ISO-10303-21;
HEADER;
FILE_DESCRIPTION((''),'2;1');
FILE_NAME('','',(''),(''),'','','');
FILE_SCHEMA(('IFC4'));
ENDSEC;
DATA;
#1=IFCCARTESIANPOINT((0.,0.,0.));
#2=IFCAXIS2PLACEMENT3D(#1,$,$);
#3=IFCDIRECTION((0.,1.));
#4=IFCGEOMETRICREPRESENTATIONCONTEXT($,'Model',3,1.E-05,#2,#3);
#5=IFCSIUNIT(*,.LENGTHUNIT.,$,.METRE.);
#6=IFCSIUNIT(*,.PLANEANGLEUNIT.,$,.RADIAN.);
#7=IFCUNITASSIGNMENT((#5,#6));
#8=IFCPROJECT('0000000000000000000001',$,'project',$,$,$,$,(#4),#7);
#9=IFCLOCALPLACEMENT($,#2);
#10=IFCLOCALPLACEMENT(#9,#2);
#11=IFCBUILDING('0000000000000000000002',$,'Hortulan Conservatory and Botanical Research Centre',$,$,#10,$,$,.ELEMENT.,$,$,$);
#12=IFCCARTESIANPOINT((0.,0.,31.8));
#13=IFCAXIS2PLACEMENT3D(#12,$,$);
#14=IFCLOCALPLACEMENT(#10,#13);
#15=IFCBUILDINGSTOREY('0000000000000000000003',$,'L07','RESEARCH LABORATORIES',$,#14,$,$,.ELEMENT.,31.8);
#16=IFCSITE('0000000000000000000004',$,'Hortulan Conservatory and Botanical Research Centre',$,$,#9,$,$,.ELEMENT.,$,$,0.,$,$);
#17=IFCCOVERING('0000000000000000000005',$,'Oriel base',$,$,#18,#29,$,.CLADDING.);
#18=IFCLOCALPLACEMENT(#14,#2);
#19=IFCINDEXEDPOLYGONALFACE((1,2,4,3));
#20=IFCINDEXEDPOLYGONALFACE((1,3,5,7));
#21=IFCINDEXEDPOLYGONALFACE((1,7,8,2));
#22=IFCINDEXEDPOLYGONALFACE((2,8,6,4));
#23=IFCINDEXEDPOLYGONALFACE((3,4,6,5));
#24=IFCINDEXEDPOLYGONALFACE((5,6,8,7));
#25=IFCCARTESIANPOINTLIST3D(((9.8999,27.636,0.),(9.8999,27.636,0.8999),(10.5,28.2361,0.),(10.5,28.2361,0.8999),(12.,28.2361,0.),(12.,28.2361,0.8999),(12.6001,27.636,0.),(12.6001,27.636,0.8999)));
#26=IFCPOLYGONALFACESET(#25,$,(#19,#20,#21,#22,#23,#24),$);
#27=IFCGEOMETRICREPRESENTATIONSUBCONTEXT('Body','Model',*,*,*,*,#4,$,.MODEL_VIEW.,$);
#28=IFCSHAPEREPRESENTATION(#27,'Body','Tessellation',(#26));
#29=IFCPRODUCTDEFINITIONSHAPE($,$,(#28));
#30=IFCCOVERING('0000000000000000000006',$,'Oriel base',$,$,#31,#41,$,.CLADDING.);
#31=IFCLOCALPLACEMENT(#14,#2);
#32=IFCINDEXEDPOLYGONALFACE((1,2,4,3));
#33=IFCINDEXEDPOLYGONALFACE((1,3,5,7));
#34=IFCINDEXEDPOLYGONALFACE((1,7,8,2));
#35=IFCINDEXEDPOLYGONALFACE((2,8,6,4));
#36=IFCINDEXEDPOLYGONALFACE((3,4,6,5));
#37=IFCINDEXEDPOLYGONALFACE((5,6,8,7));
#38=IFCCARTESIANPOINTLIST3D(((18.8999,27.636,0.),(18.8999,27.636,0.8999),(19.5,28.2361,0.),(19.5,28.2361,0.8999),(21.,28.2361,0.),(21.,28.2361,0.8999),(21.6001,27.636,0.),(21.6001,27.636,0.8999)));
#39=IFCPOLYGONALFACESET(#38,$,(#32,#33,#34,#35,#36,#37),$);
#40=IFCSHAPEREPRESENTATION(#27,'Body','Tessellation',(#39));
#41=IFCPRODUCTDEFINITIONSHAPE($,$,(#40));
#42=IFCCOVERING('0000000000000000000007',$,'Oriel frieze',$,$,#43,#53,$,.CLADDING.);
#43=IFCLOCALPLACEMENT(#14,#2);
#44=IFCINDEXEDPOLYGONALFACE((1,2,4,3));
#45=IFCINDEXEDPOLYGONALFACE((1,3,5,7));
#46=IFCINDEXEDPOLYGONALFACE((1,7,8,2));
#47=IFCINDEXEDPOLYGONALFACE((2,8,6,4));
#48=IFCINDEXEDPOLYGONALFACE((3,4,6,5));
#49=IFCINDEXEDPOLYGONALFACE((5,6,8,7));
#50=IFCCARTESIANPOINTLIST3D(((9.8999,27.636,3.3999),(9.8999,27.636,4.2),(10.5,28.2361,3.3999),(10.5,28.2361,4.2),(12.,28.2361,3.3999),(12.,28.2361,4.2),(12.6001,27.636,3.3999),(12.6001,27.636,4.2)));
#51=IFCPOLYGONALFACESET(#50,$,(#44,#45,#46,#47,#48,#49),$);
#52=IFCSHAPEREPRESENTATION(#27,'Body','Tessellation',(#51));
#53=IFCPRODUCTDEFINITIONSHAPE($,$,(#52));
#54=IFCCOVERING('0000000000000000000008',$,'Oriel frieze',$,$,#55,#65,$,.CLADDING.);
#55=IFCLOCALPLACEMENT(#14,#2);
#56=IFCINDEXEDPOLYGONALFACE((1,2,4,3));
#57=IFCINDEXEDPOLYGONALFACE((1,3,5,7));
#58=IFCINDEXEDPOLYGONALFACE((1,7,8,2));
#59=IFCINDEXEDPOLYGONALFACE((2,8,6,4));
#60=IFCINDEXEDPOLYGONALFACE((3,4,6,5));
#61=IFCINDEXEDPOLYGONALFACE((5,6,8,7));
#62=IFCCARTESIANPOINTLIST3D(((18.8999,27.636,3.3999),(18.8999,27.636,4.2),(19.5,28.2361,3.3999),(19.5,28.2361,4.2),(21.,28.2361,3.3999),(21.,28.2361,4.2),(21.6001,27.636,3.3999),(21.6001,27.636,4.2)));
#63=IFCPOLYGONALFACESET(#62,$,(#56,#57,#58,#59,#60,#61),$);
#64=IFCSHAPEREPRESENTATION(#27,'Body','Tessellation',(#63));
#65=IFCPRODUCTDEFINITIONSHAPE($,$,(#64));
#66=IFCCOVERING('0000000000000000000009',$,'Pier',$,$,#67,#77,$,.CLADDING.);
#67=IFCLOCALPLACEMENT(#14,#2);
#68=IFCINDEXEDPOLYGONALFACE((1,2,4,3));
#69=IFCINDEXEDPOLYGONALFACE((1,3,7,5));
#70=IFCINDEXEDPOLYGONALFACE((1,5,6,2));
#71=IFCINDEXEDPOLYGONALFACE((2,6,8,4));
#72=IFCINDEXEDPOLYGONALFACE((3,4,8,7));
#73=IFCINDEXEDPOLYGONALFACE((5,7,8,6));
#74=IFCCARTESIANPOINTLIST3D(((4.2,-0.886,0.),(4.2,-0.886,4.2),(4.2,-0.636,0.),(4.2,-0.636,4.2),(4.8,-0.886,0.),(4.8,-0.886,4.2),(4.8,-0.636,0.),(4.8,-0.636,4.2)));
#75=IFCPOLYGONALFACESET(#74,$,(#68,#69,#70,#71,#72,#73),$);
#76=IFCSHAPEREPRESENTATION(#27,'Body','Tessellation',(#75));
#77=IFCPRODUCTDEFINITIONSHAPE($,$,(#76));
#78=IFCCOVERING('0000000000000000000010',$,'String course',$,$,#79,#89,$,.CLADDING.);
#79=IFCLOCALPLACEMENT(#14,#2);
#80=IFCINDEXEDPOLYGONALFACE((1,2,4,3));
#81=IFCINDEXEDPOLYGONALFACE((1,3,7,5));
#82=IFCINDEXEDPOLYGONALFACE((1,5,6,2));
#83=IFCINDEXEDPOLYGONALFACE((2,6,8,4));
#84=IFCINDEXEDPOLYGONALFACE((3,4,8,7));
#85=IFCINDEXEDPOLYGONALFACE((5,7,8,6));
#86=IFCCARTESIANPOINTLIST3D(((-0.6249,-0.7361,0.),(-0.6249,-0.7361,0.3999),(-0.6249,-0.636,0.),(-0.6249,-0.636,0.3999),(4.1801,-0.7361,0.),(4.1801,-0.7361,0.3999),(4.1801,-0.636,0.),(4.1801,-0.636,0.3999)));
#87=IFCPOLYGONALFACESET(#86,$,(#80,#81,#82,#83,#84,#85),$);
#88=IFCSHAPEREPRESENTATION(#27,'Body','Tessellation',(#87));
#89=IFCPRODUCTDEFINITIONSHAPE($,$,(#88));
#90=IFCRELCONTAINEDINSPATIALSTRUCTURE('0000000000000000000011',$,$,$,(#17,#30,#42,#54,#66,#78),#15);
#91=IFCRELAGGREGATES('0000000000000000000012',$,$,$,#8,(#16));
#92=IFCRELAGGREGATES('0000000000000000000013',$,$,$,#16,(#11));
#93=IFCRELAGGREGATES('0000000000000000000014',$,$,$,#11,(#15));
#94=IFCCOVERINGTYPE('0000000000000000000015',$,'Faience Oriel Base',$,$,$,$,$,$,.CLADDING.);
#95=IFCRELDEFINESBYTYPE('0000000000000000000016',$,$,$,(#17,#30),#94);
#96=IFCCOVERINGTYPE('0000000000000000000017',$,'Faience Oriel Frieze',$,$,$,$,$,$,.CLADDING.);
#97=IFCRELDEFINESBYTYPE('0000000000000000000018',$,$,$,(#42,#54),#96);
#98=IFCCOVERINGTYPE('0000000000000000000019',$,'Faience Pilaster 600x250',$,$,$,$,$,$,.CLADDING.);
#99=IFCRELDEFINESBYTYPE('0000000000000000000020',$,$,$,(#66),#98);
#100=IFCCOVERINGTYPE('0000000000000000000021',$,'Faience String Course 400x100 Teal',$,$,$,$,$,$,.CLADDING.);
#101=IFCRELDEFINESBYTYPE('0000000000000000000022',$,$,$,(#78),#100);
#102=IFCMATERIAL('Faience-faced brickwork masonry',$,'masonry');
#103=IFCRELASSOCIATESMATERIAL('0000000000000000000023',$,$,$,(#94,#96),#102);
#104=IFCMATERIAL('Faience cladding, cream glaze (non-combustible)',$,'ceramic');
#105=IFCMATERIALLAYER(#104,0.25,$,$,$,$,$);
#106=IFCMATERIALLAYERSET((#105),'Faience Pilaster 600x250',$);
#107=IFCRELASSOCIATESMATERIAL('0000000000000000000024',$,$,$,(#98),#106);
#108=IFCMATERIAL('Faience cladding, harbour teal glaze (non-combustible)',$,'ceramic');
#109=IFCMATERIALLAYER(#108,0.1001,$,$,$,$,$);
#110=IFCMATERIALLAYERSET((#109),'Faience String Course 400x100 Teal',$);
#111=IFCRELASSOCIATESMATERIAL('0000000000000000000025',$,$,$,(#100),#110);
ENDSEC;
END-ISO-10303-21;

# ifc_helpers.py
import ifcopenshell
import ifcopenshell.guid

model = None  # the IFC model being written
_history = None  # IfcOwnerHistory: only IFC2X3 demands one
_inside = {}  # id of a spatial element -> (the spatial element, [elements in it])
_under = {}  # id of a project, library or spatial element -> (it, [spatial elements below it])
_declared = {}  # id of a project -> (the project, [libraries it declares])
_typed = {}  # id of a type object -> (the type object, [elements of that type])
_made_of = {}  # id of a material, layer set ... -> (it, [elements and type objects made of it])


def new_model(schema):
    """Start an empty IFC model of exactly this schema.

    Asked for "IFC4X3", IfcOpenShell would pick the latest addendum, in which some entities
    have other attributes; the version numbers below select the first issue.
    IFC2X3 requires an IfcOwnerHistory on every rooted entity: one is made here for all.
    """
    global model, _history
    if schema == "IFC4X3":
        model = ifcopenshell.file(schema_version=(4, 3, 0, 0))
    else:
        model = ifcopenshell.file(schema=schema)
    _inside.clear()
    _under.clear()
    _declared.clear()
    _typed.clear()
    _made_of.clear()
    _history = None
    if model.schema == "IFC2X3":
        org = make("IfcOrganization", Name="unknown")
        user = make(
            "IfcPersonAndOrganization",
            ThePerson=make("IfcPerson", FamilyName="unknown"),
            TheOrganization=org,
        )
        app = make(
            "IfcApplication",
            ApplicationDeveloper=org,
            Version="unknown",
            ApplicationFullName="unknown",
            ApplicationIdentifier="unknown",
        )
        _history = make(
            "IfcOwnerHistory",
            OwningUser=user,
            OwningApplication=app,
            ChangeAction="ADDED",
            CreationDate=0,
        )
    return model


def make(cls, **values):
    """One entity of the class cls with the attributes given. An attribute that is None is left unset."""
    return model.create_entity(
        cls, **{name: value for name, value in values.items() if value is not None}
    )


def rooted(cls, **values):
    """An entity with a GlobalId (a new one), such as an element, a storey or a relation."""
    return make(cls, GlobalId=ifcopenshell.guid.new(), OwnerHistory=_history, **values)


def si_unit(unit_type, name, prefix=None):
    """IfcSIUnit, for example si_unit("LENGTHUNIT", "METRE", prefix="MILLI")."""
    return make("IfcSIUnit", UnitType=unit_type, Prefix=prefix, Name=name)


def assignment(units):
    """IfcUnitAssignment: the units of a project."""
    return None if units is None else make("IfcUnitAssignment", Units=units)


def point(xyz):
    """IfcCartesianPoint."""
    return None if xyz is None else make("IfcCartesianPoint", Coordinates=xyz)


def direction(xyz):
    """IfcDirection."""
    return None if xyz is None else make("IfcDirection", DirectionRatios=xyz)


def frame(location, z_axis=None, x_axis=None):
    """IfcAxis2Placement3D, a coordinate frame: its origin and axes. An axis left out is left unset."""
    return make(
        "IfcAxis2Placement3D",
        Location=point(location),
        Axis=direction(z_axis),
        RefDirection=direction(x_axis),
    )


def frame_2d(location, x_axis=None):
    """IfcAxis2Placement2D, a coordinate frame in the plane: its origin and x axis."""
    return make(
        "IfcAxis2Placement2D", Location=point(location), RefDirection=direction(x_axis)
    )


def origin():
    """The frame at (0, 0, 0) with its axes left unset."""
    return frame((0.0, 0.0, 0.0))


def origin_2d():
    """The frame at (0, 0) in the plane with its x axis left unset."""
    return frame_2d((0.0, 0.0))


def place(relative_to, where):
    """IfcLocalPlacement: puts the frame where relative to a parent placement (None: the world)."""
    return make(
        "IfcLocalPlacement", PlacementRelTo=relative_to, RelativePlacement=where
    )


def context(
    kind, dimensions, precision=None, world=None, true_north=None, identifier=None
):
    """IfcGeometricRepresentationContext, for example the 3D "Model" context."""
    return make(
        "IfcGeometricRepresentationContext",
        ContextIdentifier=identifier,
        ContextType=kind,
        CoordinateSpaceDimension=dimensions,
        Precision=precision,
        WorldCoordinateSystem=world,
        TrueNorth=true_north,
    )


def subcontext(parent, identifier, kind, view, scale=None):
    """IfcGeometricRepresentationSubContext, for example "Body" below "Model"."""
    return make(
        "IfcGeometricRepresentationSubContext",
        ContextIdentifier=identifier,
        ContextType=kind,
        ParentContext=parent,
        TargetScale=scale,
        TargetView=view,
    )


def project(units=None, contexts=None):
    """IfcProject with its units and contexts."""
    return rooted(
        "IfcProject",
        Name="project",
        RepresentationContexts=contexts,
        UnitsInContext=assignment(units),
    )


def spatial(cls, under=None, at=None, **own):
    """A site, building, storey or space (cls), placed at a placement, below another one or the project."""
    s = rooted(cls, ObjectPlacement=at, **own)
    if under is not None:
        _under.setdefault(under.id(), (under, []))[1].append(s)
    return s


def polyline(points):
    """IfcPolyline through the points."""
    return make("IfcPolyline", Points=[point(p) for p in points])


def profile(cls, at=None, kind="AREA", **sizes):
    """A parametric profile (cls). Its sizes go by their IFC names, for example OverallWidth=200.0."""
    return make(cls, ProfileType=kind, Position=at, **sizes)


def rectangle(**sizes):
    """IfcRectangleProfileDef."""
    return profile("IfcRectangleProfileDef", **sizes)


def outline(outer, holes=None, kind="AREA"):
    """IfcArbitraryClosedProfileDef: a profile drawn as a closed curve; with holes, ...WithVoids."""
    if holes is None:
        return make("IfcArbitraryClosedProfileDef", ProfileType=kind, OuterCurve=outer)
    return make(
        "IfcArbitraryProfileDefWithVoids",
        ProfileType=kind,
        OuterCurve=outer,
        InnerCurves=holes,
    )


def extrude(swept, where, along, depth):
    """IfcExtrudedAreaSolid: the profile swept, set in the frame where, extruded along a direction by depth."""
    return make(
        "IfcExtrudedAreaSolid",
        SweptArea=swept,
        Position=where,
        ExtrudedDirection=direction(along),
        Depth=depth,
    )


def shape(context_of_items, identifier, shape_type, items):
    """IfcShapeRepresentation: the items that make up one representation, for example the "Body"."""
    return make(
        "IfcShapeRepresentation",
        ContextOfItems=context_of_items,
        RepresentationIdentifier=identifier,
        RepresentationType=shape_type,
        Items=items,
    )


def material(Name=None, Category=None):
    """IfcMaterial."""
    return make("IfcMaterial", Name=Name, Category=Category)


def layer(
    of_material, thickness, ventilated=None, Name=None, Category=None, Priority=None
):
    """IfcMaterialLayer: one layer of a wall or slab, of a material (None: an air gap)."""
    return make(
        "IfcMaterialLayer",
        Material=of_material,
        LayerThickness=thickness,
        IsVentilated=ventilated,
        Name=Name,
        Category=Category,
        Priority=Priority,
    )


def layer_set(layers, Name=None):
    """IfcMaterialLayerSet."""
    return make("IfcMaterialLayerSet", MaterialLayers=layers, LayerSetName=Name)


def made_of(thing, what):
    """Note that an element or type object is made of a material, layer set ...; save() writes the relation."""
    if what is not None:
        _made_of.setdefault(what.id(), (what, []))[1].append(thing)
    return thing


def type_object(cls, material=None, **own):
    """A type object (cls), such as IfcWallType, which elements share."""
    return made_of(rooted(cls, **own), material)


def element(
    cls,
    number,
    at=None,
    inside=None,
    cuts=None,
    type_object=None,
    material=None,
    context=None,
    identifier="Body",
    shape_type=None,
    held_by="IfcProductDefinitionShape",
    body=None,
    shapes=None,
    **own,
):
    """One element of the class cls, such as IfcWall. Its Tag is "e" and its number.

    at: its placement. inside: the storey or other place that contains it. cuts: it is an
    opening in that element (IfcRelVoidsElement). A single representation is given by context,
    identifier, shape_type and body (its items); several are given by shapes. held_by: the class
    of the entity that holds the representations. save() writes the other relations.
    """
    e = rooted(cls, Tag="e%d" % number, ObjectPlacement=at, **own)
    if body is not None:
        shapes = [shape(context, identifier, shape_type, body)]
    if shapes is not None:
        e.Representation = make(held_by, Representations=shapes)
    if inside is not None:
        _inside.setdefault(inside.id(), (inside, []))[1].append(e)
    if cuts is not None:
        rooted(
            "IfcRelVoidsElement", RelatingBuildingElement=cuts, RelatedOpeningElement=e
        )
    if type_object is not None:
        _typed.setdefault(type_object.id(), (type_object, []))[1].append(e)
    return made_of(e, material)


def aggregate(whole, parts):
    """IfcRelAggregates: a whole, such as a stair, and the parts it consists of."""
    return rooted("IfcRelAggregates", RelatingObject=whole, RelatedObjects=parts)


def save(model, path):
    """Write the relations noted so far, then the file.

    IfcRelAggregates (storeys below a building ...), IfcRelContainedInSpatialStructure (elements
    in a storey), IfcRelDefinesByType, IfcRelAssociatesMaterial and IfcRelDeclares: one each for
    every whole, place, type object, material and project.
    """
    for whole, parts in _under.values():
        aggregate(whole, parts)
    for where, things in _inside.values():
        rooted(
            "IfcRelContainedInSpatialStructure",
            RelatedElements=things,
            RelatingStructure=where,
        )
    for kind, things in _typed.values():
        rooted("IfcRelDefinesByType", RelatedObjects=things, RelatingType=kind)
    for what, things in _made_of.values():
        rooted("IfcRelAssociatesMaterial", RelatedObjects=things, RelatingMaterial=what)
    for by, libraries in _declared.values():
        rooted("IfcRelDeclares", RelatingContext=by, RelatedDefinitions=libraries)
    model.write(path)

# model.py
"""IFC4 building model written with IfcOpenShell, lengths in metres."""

from ifc_helpers import new_model, si_unit, direction, frame, origin, origin_2d, place, context, subcontext, project, spatial, polyline, rectangle, outline, extrude, material, layer, layer_set, type_object, element, save


model = new_model("IFC4")

# Units and contexts
model_context = context("Model", 3, precision=1e-05, world=origin(), true_north=direction((0.0, 1.0)))
body_context = subcontext(model_context, "Body", "Model", "MODEL_VIEW")
ifc_project = project(units=[si_unit("LENGTHUNIT", "METRE"), si_unit("PLANEANGLEUNIT", "RADIAN")], contexts=[model_context])

# Site, building, storey
site_placement = place(None, origin())
site = spatial("IfcSite", under=ifc_project, at=site_placement, Name="Hortulan Conservatory and Botanical Research Centre", CompositionType="ELEMENT", RefElevation=0.0)
building_placement = place(site_placement, origin())
building = spatial("IfcBuilding", under=site, at=building_placement, Name="Hortulan Conservatory and Botanical Research Centre", CompositionType="ELEMENT")
storey_placement = place(building_placement, frame((0.0, 0.0, 31.8)))
storey = spatial("IfcBuildingStorey", under=building, at=storey_placement, Name="L07", Description="RESEARCH LABORATORIES", CompositionType="ELEMENT", Elevation=31.8)

# Shared definitions
ifc_material_1 = material(Name="Faience-faced brickwork masonry", Category="masonry")

# Coverings
covering_type_1 = type_object("IfcCoveringType", Name="Faience Oriel Base", PredefinedType="CLADDING", material=ifc_material_1)
covering_1_placement = place(storey_placement, origin())
element("IfcCovering", 1, at=covering_1_placement, inside=storey, type_object=covering_type_1, Name="Oriel base", PredefinedType="CLADDING", context=body_context, shape_type="SweptSolid", body=[
    extrude(outline(polyline([(9.8999, 27.636), (10.5, 28.2361), (12.0, 28.2361), (12.6001, 27.636), (9.8999, 27.636)])), origin(), (0.0, 0.0, 1.0), 0.8999),
])
covering_2_placement = place(storey_placement, origin())
element("IfcCovering", 2, at=covering_2_placement, inside=storey, type_object=covering_type_1, Name="Oriel base", PredefinedType="CLADDING", context=body_context, shape_type="SweptSolid", body=[
    extrude(outline(polyline([(18.8999, 27.636), (19.5, 28.2361), (21.0, 28.2361), (21.6001, 27.636), (18.8999, 27.636)])), origin(), (0.0, 0.0, 1.0), 0.8999),
])
covering_type_2 = type_object("IfcCoveringType", Name="Faience Oriel Frieze", PredefinedType="CLADDING", material=ifc_material_1)
covering_3_placement = place(storey_placement, frame((0.0, 0.0, 3.3999)))
element("IfcCovering", 3, at=covering_3_placement, inside=storey, type_object=covering_type_2, Name="Oriel frieze", PredefinedType="CLADDING", context=body_context, shape_type="SweptSolid", body=[
    extrude(outline(polyline([(9.8999, 27.636), (10.5, 28.2361), (12.0, 28.2361), (12.6001, 27.636), (9.8999, 27.636)])), origin(), (0.0, 0.0, 1.0), 0.8),
])
covering_4_placement = place(storey_placement, frame((0.0, 0.0, 3.3999)))
element("IfcCovering", 4, at=covering_4_placement, inside=storey, type_object=covering_type_2, Name="Oriel frieze", PredefinedType="CLADDING", context=body_context, shape_type="SweptSolid", body=[
    extrude(outline(polyline([(18.8999, 27.636), (19.5, 28.2361), (21.0, 28.2361), (21.6001, 27.636), (18.8999, 27.636)])), origin(), (0.0, 0.0, 1.0), 0.8),
])
ifc_material_2 = material(Name="Faience cladding, cream glaze (non-combustible)", Category="ceramic")
ifc_layer_1 = layer(ifc_material_2, 0.25)
ifc_layer_set_1 = layer_set([ifc_layer_1], Name="Faience Pilaster 600x250")
covering_type_3 = type_object("IfcCoveringType", Name="Faience Pilaster 600x250", PredefinedType="CLADDING", material=ifc_layer_set_1)
covering_5_placement = place(storey_placement, frame((4.5, -0.761, 0.0), z_axis=(0.0, 0.0, 1.0), x_axis=(-1.0, 0.0, 0.0)))
element("IfcCovering", 5, at=covering_5_placement, inside=storey, type_object=covering_type_3, Name="Pier", PredefinedType="CLADDING", context=body_context, shape_type="SweptSolid", body=[
    extrude(rectangle(XDim=0.6001, YDim=0.25, at=origin_2d()), origin(), (0.0, 0.0, 1.0), 4.2),
])
ifc_material_3 = material(Name="Faience cladding, harbour teal glaze (non-combustible)", Category="ceramic")
ifc_layer_2 = layer(ifc_material_3, 0.1001)
ifc_layer_set_2 = layer_set([ifc_layer_2], Name="Faience String Course 400x100 Teal")
covering_type_4 = type_object("IfcCoveringType", Name="Faience String Course 400x100 Teal", PredefinedType="CLADDING", material=ifc_layer_set_2)
covering_6_placement = place(storey_placement, frame((1.7776, -0.686, 0.0), z_axis=(0.0, 0.0, 1.0), x_axis=(-1.0, 0.0, 0.0)))
element("IfcCovering", 6, at=covering_6_placement, inside=storey, type_object=covering_type_4, Name="String course", PredefinedType="CLADDING", context=body_context, shape_type="SweptSolid", body=[
    extrude(rectangle(XDim=4.8049, YDim=0.1001, at=origin_2d()), origin(), (0.0, 0.0, 1.0), 0.3999),
])

save(model, "model.ifc")
